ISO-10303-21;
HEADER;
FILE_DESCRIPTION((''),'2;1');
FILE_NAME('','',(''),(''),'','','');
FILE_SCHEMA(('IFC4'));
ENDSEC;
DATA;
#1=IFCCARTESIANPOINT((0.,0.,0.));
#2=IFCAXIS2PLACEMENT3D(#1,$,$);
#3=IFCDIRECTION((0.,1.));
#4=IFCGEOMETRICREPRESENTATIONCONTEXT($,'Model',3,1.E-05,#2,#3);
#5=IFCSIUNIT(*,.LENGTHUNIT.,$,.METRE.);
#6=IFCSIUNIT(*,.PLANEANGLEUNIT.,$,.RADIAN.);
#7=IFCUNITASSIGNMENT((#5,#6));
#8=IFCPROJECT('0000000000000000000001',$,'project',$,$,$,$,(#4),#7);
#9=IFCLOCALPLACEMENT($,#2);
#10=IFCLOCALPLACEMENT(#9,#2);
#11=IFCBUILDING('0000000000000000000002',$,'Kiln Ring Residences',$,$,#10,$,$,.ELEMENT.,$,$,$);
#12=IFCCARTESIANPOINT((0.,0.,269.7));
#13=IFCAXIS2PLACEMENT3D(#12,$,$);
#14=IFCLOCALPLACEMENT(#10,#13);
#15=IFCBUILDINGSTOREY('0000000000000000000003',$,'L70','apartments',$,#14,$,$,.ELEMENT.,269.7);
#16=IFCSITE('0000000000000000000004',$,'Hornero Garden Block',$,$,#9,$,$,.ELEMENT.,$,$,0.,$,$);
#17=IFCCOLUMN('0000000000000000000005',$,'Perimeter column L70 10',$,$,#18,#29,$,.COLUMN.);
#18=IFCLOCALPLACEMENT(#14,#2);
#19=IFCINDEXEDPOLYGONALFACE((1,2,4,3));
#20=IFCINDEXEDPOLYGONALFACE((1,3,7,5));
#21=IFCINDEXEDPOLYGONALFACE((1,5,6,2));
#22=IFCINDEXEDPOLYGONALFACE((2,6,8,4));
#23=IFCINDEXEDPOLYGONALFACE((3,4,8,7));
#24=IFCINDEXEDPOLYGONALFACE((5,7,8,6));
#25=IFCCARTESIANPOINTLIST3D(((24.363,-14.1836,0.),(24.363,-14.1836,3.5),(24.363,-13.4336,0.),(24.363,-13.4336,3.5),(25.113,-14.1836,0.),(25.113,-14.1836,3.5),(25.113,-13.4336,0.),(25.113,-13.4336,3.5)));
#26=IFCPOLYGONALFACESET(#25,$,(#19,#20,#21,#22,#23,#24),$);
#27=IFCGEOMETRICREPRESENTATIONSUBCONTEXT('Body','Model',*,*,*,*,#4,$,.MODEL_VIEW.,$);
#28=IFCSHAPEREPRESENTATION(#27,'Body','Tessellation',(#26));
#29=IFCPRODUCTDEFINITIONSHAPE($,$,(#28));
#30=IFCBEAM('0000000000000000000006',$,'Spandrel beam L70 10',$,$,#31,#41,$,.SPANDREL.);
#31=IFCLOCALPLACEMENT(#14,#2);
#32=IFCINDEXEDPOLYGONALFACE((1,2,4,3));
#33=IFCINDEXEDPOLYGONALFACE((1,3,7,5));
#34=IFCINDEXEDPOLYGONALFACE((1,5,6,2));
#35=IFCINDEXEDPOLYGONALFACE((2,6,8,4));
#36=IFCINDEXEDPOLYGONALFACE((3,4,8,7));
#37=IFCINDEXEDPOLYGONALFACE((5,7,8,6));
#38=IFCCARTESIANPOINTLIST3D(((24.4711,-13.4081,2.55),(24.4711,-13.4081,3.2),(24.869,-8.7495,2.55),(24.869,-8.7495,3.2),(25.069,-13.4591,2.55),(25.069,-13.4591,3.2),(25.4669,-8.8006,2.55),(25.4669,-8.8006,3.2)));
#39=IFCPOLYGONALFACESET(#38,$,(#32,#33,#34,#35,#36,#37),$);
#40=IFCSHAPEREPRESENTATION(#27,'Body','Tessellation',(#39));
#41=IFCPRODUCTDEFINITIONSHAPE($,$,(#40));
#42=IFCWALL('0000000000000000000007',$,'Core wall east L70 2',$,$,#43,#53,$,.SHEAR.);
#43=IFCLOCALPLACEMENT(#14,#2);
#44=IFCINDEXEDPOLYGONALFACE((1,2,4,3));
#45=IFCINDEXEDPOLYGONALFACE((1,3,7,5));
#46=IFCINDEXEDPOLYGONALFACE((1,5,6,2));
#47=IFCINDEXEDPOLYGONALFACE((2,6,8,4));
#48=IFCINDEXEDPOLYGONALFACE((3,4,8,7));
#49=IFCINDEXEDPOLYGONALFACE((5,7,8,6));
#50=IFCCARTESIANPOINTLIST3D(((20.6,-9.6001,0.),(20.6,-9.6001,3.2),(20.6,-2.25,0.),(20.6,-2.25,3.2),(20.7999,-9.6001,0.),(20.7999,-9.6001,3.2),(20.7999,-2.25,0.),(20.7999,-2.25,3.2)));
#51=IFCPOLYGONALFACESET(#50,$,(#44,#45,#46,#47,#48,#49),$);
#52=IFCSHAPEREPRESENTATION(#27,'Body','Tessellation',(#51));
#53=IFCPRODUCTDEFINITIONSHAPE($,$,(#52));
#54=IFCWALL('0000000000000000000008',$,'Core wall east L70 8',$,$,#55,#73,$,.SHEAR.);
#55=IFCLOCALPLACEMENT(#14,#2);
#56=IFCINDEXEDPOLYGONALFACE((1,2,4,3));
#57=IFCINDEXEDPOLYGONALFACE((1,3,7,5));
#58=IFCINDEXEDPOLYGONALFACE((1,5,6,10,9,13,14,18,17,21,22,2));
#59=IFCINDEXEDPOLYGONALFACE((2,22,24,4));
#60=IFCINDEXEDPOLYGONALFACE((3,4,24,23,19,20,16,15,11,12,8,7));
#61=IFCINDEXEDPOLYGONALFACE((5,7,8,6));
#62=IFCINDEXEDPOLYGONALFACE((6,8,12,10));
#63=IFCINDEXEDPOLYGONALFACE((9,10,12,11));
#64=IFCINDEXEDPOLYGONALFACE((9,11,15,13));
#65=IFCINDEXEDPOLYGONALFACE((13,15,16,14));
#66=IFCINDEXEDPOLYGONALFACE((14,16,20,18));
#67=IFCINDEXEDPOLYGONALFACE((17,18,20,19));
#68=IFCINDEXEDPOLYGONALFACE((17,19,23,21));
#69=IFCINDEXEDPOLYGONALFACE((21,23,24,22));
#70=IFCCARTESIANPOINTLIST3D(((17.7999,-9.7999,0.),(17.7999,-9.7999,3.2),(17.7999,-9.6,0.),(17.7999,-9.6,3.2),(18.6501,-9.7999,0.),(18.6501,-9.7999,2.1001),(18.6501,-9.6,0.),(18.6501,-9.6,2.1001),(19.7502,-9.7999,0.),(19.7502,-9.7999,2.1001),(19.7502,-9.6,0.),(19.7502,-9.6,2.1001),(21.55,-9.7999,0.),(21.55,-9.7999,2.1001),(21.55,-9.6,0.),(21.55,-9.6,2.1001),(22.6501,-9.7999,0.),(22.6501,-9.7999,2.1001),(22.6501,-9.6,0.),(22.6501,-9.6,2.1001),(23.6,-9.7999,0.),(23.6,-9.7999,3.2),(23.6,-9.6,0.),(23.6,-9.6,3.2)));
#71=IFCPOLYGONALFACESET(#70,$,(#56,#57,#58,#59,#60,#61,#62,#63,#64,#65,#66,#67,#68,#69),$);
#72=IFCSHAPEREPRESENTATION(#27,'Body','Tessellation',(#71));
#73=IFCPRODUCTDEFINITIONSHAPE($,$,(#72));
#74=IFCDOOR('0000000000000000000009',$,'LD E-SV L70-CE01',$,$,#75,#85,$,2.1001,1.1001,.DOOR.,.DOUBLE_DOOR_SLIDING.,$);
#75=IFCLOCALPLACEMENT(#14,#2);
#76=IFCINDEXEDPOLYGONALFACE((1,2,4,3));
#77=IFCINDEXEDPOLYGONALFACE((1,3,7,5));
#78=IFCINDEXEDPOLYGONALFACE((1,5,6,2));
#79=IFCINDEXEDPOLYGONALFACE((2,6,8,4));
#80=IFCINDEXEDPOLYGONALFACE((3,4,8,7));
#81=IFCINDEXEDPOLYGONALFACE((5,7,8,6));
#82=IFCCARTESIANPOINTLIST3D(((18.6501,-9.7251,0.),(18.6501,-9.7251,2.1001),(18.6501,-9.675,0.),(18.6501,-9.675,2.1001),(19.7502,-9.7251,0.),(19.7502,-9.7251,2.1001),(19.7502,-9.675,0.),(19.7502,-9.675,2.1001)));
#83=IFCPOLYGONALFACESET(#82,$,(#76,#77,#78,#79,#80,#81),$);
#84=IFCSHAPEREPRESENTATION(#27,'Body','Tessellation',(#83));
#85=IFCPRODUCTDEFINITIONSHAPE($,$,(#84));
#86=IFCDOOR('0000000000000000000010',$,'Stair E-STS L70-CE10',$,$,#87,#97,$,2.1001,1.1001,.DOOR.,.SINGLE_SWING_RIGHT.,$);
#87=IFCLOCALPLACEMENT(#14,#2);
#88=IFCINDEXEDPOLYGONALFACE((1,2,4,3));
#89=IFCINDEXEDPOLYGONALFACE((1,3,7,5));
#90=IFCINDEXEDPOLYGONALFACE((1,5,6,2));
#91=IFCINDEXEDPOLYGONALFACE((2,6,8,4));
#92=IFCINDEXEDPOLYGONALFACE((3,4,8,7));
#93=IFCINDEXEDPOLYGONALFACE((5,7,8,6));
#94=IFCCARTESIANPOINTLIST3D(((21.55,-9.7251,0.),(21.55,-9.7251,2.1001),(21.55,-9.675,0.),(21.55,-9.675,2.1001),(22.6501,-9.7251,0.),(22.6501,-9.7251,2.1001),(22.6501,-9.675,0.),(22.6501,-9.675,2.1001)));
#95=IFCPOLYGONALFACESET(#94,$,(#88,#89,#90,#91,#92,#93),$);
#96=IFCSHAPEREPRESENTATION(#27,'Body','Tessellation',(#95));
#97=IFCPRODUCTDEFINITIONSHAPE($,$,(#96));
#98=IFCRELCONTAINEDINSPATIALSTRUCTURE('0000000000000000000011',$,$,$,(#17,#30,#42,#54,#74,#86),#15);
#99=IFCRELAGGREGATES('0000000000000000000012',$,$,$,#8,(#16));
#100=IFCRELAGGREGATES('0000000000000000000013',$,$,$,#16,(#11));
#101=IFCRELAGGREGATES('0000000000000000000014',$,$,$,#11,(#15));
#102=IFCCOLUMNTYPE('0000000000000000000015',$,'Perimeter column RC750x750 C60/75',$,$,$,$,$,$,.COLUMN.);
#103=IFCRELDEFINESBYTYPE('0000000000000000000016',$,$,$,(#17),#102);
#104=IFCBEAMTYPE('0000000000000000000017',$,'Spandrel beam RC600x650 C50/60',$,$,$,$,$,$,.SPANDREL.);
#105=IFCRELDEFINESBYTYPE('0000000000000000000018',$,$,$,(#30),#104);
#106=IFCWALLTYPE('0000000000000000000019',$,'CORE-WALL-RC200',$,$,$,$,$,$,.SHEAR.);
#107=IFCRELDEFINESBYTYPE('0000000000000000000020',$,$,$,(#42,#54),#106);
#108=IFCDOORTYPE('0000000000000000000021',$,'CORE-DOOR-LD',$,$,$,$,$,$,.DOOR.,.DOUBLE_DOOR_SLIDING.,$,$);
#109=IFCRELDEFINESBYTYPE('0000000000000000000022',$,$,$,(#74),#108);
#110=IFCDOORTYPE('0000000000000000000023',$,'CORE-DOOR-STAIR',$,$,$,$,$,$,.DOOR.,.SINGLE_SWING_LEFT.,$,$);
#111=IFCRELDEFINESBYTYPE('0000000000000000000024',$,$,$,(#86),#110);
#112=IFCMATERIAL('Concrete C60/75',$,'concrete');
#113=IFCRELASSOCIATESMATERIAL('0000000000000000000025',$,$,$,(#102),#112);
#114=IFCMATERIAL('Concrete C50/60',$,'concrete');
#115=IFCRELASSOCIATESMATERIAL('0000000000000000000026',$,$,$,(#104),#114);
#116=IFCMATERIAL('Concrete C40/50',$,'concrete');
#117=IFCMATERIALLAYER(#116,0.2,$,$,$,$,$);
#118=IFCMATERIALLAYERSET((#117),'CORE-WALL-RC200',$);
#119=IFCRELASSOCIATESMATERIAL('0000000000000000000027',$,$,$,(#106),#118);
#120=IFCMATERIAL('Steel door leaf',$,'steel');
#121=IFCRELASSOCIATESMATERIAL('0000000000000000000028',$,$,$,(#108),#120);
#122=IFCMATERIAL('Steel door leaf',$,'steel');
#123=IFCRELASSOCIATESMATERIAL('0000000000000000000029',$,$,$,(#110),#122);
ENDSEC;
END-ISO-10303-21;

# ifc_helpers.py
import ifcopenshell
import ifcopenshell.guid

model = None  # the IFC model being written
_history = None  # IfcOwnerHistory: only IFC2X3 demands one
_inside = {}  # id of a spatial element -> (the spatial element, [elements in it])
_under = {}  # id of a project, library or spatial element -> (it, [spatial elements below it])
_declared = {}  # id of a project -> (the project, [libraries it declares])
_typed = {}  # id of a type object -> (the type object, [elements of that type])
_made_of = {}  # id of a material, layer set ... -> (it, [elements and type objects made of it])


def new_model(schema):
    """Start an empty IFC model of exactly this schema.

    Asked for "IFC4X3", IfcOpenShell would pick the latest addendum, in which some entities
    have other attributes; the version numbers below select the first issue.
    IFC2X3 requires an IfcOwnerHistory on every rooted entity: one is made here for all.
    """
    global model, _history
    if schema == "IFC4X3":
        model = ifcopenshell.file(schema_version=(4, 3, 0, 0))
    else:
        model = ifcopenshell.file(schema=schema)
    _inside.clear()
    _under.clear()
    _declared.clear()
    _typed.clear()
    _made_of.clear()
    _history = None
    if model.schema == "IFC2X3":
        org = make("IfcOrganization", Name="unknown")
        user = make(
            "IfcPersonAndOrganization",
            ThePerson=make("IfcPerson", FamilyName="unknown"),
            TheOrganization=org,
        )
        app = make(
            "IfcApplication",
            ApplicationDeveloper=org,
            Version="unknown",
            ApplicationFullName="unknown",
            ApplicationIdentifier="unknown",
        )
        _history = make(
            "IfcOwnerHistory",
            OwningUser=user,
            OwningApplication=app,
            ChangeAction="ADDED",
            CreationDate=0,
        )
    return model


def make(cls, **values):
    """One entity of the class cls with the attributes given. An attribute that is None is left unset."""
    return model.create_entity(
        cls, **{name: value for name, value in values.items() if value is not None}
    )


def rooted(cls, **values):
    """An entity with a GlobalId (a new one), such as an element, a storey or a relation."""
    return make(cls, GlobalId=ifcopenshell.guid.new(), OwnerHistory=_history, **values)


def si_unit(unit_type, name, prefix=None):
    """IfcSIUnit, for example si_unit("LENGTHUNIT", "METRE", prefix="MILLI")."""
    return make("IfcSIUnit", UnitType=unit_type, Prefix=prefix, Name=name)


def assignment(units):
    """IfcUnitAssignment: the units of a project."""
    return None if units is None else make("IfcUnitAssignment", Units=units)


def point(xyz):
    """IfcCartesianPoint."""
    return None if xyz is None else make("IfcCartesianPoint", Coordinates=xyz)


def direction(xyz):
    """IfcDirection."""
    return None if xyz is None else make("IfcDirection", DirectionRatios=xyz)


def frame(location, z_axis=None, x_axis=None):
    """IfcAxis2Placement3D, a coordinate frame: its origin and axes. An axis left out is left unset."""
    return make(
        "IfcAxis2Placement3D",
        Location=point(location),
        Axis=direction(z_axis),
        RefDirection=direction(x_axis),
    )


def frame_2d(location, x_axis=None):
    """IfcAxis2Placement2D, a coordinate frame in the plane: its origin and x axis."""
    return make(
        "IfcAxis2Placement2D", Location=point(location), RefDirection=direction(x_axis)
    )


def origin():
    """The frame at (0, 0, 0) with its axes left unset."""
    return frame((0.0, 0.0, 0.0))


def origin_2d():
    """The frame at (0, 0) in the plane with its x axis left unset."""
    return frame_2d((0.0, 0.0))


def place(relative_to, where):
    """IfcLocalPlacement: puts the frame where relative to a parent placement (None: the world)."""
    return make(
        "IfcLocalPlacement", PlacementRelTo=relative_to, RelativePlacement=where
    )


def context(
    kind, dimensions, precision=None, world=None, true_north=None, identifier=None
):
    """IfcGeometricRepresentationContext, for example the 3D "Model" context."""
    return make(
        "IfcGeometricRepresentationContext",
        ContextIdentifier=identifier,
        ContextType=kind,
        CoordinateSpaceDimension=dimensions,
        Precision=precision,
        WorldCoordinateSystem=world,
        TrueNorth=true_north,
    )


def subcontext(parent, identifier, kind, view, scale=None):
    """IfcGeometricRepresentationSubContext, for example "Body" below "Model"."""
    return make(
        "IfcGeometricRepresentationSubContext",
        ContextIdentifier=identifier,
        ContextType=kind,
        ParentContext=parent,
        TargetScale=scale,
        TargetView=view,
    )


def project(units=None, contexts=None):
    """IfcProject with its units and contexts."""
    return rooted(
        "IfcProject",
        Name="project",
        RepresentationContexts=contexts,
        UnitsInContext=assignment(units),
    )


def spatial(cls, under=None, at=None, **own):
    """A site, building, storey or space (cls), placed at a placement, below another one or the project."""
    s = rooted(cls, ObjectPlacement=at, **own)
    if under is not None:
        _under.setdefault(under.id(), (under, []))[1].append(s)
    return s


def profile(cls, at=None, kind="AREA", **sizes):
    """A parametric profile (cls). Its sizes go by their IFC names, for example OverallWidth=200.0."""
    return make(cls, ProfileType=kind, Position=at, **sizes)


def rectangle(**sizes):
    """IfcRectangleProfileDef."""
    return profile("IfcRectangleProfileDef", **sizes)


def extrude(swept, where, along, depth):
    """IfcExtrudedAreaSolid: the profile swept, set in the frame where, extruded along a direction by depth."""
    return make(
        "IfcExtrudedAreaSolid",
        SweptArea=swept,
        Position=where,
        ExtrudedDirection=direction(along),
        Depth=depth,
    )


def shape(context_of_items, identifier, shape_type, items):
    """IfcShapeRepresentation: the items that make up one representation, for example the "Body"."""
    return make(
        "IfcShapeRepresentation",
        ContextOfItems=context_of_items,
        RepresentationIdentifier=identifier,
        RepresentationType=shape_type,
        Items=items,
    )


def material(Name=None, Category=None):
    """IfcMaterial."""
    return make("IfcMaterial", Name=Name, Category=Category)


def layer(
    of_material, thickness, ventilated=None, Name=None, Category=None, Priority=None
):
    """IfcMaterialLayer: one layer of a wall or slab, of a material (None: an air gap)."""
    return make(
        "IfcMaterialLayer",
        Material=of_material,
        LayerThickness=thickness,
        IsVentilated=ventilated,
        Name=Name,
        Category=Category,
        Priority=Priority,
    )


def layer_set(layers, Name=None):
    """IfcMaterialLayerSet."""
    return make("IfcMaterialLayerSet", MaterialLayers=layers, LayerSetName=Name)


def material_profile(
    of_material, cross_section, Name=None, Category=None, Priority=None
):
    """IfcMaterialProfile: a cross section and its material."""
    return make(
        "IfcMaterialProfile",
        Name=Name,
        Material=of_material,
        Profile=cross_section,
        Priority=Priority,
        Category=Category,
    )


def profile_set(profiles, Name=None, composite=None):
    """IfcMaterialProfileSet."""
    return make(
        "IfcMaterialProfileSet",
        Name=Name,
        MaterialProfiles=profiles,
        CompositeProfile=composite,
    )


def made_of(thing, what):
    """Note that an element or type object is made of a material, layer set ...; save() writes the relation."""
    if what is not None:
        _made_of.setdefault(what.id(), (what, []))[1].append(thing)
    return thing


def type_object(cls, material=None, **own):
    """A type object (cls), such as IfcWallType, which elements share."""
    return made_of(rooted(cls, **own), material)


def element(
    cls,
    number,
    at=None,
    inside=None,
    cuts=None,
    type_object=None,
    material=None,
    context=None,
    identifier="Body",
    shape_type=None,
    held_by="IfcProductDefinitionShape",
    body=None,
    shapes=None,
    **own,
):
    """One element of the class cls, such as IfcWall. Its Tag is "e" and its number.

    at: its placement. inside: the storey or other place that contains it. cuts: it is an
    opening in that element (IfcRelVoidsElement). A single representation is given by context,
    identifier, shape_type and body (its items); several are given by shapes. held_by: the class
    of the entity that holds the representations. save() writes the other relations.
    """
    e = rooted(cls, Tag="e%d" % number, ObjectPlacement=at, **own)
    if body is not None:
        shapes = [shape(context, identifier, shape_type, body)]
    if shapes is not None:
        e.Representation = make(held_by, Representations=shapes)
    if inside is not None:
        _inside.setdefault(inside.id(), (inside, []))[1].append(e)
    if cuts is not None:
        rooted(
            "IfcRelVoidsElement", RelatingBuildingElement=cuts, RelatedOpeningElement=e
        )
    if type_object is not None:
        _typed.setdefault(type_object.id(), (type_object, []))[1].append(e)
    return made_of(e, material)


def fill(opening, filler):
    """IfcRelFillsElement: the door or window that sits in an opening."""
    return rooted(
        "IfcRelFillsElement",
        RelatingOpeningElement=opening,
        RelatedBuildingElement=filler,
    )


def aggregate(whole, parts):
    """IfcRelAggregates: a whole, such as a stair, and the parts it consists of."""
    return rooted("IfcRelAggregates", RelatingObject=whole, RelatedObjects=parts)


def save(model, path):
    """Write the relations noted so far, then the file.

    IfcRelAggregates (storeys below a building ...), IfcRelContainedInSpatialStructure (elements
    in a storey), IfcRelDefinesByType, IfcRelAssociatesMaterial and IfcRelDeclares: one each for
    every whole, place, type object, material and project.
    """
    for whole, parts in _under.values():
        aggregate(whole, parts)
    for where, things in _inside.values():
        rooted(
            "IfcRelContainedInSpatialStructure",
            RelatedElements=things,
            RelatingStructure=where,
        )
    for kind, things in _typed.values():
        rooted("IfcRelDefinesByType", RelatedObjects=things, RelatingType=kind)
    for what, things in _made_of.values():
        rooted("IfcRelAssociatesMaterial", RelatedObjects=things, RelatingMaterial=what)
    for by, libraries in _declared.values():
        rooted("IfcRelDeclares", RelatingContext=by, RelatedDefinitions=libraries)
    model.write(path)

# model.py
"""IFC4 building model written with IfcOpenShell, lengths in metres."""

from ifc_helpers import new_model, si_unit, direction, frame, frame_2d, origin, origin_2d, place, context, subcontext, project, spatial, rectangle, extrude, material, layer, layer_set, material_profile, profile_set, type_object, element, fill, save


model = new_model("IFC4")

# Units and contexts
model_context = context("Model", 3, precision=1e-05, world=origin(), true_north=direction((0.0, 1.0)))
body_context = subcontext(model_context, "Body", "Model", "MODEL_VIEW")
ifc_project = project(units=[si_unit("LENGTHUNIT", "METRE"), si_unit("PLANEANGLEUNIT", "RADIAN")], contexts=[model_context])

# Site, building, storey
site_placement = place(None, origin())
site = spatial("IfcSite", under=ifc_project, at=site_placement, Name="Hornero Garden Block", CompositionType="ELEMENT", RefElevation=0.0)
building_placement = place(site_placement, origin())
building = spatial("IfcBuilding", under=site, at=building_placement, Name="Kiln Ring Residences", CompositionType="ELEMENT")
storey_placement = place(building_placement, frame((0.0, 0.0, 269.7)))
storey = spatial("IfcBuildingStorey", under=building, at=storey_placement, Name="L70", Description="apartments", CompositionType="ELEMENT", Elevation=269.7)

# Column
ifc_material_1 = material(Name="Concrete C60/75", Category="concrete")
ifc_material_profile_1 = material_profile(ifc_material_1, rectangle(XDim=0.75, YDim=0.75, at=origin_2d()), Name="RC750x750")
ifc_profile_set_1 = profile_set([ifc_material_profile_1], Name="Concrete C60/75")
column_type = type_object("IfcColumnType", Name="Perimeter column RC750x750 C60/75", PredefinedType="COLUMN", material=ifc_profile_set_1)
column_placement = place(storey_placement, frame((24.738, -13.8086, 0.0), z_axis=(0.0, 0.0, 1.0), x_axis=(1.0, 0.0, 0.0)))
element("IfcColumn", 1, at=column_placement, inside=storey, type_object=column_type, Name="Perimeter column L70 10", PredefinedType="COLUMN", context=body_context, shape_type="SweptSolid", body=[
    extrude(rectangle(XDim=0.75, YDim=0.75, at=origin_2d()), origin(), (0.0, 0.0, 1.0), 3.5),
])

# Beam
ifc_material_2 = material(Name="Concrete C50/60", Category="concrete")
ifc_material_profile_2 = material_profile(ifc_material_2, rectangle(XDim=0.6001, YDim=0.6499, at=origin_2d()), Name="RC600x650")
ifc_profile_set_2 = profile_set([ifc_material_profile_2], Name="Concrete C50/60")
beam_type = type_object("IfcBeamType", Name="Spandrel beam RC600x650 C50/60", PredefinedType="SPANDREL", material=ifc_profile_set_2)
beam_placement = place(storey_placement, frame((24.77, -13.4336, 2.875), z_axis=(0.085111, 0.996371, 0.0), x_axis=(-0.996371, 0.085111, 0.0)))
element("IfcBeam", 2, at=beam_placement, inside=storey, type_object=beam_type, Name="Spandrel beam L70 10", PredefinedType="SPANDREL", context=body_context, shape_type="SweptSolid", body=[
    extrude(rectangle(XDim=0.6001, YDim=0.6499, at=origin_2d()), origin(), (0.0, 0.0, 1.0), 4.6755),
])

# Wall
ifc_material_3 = material(Name="Concrete C40/50", Category="concrete")
ifc_layer_1 = layer(ifc_material_3, 0.2)
ifc_layer_set_1 = layer_set([ifc_layer_1], Name="CORE-WALL-RC200")
wall_type_1 = type_object("IfcWallType", Name="CORE-WALL-RC200", PredefinedType="SHEAR", material=ifc_layer_set_1)
wall_1_placement = place(storey_placement, frame((20.7, -9.6001, 0.0), z_axis=(0.0, 0.0, 1.0), x_axis=(0.0, 1.0, 0.0)))
element("IfcWall", 3, at=wall_1_placement, inside=storey, type_object=wall_type_1, Name="Core wall east L70 2", PredefinedType="SHEAR", context=body_context, shape_type="SweptSolid", body=[
    extrude(rectangle(XDim=7.3501, YDim=0.2, at=frame_2d((3.675, 0.0))), origin(), (0.0, 0.0, 1.0), 3.2),
])

# Wall, openings, doors
wall_2_placement = place(storey_placement, frame((17.8, -9.7, 0.0), z_axis=(0.0, 0.0, 1.0), x_axis=(1.0, 0.0, 0.0)))
wall_2 = element("IfcWall", 4, at=wall_2_placement, inside=storey, type_object=wall_type_1, Name="Core wall east L70 8", PredefinedType="SHEAR", context=body_context, shape_type="SweptSolid", body=[
    extrude(rectangle(XDim=5.8, YDim=0.2, at=frame_2d((2.8999, 0.0))), origin(), (0.0, 0.0, 1.0), 3.2),
])
opening_1_placement = place(wall_2_placement, frame((0.8501, 0.0, 0.0)))
opening_1 = element("IfcOpeningElement", 5, at=opening_1_placement, cuts=wall_2, PredefinedType="OPENING", context=body_context, shape_type="SweptSolid", body=[
    extrude(rectangle(XDim=1.1001, YDim=2.1001, at=frame_2d((0.55, 1.05))), frame((0.0, 0.1099, 0.0), z_axis=(0.0, -1.0, 0.0), x_axis=(1.0, 0.0, 0.0)), (0.0, 0.0, 1.0), 0.22),
])
opening_2_placement = place(wall_2_placement, frame((3.75, 0.0, 0.0)))
opening_2 = element("IfcOpeningElement", 6, at=opening_2_placement, cuts=wall_2, PredefinedType="OPENING", context=body_context, shape_type="SweptSolid", body=[
    extrude(rectangle(XDim=1.1001, YDim=2.1001, at=frame_2d((0.55, 1.05))), frame((0.0, 0.1099, 0.0), z_axis=(0.0, -1.0, 0.0), x_axis=(1.0, 0.0, 0.0)), (0.0, 0.0, 1.0), 0.22),
])
ifc_material_4 = material(Name="Steel door leaf", Category="steel")
door_type_1 = type_object("IfcDoorType", Name="CORE-DOOR-LD", OperationType="DOUBLE_DOOR_SLIDING", PredefinedType="DOOR", material=ifc_material_4)
door_1_placement = place(opening_1_placement, origin())
door_1 = element("IfcDoor", 7, at=door_1_placement, inside=storey, type_object=door_type_1, Name="LD E-SV L70-CE01", OperationType="DOUBLE_DOOR_SLIDING", OverallHeight=2.1001, OverallWidth=1.1001, PredefinedType="DOOR", context=body_context, shape_type="SweptSolid", body=[
    extrude(rectangle(XDim=1.1001, YDim=2.1001, at=frame_2d((0.55, 1.05))), frame((0.0, 0.0249, 0.0), z_axis=(0.0, -1.0, 0.0), x_axis=(1.0, 0.0, 0.0)), (0.0, 0.0, 1.0), 0.05),
])
fill(opening_1, door_1)
ifc_material_5 = material(Name="Steel door leaf", Category="steel")
door_type_2 = type_object("IfcDoorType", Name="CORE-DOOR-STAIR", OperationType="SINGLE_SWING_LEFT", PredefinedType="DOOR", material=ifc_material_5)
door_2_placement = place(opening_2_placement, origin())
door_2 = element("IfcDoor", 8, at=door_2_placement, inside=storey, type_object=door_type_2, Name="Stair E-STS L70-CE10", OperationType="SINGLE_SWING_RIGHT", OverallHeight=2.1001, OverallWidth=1.1001, PredefinedType="DOOR", context=body_context, shape_type="SweptSolid", body=[
    extrude(rectangle(XDim=1.1001, YDim=2.1001, at=frame_2d((0.55, 1.05))), frame((0.0, 0.0249, 0.0), z_axis=(0.0, -1.0, 0.0), x_axis=(1.0, 0.0, 0.0)), (0.0, 0.0, 1.0), 0.05),
])
fill(opening_2, door_2)

save(model, "model.ifc")
